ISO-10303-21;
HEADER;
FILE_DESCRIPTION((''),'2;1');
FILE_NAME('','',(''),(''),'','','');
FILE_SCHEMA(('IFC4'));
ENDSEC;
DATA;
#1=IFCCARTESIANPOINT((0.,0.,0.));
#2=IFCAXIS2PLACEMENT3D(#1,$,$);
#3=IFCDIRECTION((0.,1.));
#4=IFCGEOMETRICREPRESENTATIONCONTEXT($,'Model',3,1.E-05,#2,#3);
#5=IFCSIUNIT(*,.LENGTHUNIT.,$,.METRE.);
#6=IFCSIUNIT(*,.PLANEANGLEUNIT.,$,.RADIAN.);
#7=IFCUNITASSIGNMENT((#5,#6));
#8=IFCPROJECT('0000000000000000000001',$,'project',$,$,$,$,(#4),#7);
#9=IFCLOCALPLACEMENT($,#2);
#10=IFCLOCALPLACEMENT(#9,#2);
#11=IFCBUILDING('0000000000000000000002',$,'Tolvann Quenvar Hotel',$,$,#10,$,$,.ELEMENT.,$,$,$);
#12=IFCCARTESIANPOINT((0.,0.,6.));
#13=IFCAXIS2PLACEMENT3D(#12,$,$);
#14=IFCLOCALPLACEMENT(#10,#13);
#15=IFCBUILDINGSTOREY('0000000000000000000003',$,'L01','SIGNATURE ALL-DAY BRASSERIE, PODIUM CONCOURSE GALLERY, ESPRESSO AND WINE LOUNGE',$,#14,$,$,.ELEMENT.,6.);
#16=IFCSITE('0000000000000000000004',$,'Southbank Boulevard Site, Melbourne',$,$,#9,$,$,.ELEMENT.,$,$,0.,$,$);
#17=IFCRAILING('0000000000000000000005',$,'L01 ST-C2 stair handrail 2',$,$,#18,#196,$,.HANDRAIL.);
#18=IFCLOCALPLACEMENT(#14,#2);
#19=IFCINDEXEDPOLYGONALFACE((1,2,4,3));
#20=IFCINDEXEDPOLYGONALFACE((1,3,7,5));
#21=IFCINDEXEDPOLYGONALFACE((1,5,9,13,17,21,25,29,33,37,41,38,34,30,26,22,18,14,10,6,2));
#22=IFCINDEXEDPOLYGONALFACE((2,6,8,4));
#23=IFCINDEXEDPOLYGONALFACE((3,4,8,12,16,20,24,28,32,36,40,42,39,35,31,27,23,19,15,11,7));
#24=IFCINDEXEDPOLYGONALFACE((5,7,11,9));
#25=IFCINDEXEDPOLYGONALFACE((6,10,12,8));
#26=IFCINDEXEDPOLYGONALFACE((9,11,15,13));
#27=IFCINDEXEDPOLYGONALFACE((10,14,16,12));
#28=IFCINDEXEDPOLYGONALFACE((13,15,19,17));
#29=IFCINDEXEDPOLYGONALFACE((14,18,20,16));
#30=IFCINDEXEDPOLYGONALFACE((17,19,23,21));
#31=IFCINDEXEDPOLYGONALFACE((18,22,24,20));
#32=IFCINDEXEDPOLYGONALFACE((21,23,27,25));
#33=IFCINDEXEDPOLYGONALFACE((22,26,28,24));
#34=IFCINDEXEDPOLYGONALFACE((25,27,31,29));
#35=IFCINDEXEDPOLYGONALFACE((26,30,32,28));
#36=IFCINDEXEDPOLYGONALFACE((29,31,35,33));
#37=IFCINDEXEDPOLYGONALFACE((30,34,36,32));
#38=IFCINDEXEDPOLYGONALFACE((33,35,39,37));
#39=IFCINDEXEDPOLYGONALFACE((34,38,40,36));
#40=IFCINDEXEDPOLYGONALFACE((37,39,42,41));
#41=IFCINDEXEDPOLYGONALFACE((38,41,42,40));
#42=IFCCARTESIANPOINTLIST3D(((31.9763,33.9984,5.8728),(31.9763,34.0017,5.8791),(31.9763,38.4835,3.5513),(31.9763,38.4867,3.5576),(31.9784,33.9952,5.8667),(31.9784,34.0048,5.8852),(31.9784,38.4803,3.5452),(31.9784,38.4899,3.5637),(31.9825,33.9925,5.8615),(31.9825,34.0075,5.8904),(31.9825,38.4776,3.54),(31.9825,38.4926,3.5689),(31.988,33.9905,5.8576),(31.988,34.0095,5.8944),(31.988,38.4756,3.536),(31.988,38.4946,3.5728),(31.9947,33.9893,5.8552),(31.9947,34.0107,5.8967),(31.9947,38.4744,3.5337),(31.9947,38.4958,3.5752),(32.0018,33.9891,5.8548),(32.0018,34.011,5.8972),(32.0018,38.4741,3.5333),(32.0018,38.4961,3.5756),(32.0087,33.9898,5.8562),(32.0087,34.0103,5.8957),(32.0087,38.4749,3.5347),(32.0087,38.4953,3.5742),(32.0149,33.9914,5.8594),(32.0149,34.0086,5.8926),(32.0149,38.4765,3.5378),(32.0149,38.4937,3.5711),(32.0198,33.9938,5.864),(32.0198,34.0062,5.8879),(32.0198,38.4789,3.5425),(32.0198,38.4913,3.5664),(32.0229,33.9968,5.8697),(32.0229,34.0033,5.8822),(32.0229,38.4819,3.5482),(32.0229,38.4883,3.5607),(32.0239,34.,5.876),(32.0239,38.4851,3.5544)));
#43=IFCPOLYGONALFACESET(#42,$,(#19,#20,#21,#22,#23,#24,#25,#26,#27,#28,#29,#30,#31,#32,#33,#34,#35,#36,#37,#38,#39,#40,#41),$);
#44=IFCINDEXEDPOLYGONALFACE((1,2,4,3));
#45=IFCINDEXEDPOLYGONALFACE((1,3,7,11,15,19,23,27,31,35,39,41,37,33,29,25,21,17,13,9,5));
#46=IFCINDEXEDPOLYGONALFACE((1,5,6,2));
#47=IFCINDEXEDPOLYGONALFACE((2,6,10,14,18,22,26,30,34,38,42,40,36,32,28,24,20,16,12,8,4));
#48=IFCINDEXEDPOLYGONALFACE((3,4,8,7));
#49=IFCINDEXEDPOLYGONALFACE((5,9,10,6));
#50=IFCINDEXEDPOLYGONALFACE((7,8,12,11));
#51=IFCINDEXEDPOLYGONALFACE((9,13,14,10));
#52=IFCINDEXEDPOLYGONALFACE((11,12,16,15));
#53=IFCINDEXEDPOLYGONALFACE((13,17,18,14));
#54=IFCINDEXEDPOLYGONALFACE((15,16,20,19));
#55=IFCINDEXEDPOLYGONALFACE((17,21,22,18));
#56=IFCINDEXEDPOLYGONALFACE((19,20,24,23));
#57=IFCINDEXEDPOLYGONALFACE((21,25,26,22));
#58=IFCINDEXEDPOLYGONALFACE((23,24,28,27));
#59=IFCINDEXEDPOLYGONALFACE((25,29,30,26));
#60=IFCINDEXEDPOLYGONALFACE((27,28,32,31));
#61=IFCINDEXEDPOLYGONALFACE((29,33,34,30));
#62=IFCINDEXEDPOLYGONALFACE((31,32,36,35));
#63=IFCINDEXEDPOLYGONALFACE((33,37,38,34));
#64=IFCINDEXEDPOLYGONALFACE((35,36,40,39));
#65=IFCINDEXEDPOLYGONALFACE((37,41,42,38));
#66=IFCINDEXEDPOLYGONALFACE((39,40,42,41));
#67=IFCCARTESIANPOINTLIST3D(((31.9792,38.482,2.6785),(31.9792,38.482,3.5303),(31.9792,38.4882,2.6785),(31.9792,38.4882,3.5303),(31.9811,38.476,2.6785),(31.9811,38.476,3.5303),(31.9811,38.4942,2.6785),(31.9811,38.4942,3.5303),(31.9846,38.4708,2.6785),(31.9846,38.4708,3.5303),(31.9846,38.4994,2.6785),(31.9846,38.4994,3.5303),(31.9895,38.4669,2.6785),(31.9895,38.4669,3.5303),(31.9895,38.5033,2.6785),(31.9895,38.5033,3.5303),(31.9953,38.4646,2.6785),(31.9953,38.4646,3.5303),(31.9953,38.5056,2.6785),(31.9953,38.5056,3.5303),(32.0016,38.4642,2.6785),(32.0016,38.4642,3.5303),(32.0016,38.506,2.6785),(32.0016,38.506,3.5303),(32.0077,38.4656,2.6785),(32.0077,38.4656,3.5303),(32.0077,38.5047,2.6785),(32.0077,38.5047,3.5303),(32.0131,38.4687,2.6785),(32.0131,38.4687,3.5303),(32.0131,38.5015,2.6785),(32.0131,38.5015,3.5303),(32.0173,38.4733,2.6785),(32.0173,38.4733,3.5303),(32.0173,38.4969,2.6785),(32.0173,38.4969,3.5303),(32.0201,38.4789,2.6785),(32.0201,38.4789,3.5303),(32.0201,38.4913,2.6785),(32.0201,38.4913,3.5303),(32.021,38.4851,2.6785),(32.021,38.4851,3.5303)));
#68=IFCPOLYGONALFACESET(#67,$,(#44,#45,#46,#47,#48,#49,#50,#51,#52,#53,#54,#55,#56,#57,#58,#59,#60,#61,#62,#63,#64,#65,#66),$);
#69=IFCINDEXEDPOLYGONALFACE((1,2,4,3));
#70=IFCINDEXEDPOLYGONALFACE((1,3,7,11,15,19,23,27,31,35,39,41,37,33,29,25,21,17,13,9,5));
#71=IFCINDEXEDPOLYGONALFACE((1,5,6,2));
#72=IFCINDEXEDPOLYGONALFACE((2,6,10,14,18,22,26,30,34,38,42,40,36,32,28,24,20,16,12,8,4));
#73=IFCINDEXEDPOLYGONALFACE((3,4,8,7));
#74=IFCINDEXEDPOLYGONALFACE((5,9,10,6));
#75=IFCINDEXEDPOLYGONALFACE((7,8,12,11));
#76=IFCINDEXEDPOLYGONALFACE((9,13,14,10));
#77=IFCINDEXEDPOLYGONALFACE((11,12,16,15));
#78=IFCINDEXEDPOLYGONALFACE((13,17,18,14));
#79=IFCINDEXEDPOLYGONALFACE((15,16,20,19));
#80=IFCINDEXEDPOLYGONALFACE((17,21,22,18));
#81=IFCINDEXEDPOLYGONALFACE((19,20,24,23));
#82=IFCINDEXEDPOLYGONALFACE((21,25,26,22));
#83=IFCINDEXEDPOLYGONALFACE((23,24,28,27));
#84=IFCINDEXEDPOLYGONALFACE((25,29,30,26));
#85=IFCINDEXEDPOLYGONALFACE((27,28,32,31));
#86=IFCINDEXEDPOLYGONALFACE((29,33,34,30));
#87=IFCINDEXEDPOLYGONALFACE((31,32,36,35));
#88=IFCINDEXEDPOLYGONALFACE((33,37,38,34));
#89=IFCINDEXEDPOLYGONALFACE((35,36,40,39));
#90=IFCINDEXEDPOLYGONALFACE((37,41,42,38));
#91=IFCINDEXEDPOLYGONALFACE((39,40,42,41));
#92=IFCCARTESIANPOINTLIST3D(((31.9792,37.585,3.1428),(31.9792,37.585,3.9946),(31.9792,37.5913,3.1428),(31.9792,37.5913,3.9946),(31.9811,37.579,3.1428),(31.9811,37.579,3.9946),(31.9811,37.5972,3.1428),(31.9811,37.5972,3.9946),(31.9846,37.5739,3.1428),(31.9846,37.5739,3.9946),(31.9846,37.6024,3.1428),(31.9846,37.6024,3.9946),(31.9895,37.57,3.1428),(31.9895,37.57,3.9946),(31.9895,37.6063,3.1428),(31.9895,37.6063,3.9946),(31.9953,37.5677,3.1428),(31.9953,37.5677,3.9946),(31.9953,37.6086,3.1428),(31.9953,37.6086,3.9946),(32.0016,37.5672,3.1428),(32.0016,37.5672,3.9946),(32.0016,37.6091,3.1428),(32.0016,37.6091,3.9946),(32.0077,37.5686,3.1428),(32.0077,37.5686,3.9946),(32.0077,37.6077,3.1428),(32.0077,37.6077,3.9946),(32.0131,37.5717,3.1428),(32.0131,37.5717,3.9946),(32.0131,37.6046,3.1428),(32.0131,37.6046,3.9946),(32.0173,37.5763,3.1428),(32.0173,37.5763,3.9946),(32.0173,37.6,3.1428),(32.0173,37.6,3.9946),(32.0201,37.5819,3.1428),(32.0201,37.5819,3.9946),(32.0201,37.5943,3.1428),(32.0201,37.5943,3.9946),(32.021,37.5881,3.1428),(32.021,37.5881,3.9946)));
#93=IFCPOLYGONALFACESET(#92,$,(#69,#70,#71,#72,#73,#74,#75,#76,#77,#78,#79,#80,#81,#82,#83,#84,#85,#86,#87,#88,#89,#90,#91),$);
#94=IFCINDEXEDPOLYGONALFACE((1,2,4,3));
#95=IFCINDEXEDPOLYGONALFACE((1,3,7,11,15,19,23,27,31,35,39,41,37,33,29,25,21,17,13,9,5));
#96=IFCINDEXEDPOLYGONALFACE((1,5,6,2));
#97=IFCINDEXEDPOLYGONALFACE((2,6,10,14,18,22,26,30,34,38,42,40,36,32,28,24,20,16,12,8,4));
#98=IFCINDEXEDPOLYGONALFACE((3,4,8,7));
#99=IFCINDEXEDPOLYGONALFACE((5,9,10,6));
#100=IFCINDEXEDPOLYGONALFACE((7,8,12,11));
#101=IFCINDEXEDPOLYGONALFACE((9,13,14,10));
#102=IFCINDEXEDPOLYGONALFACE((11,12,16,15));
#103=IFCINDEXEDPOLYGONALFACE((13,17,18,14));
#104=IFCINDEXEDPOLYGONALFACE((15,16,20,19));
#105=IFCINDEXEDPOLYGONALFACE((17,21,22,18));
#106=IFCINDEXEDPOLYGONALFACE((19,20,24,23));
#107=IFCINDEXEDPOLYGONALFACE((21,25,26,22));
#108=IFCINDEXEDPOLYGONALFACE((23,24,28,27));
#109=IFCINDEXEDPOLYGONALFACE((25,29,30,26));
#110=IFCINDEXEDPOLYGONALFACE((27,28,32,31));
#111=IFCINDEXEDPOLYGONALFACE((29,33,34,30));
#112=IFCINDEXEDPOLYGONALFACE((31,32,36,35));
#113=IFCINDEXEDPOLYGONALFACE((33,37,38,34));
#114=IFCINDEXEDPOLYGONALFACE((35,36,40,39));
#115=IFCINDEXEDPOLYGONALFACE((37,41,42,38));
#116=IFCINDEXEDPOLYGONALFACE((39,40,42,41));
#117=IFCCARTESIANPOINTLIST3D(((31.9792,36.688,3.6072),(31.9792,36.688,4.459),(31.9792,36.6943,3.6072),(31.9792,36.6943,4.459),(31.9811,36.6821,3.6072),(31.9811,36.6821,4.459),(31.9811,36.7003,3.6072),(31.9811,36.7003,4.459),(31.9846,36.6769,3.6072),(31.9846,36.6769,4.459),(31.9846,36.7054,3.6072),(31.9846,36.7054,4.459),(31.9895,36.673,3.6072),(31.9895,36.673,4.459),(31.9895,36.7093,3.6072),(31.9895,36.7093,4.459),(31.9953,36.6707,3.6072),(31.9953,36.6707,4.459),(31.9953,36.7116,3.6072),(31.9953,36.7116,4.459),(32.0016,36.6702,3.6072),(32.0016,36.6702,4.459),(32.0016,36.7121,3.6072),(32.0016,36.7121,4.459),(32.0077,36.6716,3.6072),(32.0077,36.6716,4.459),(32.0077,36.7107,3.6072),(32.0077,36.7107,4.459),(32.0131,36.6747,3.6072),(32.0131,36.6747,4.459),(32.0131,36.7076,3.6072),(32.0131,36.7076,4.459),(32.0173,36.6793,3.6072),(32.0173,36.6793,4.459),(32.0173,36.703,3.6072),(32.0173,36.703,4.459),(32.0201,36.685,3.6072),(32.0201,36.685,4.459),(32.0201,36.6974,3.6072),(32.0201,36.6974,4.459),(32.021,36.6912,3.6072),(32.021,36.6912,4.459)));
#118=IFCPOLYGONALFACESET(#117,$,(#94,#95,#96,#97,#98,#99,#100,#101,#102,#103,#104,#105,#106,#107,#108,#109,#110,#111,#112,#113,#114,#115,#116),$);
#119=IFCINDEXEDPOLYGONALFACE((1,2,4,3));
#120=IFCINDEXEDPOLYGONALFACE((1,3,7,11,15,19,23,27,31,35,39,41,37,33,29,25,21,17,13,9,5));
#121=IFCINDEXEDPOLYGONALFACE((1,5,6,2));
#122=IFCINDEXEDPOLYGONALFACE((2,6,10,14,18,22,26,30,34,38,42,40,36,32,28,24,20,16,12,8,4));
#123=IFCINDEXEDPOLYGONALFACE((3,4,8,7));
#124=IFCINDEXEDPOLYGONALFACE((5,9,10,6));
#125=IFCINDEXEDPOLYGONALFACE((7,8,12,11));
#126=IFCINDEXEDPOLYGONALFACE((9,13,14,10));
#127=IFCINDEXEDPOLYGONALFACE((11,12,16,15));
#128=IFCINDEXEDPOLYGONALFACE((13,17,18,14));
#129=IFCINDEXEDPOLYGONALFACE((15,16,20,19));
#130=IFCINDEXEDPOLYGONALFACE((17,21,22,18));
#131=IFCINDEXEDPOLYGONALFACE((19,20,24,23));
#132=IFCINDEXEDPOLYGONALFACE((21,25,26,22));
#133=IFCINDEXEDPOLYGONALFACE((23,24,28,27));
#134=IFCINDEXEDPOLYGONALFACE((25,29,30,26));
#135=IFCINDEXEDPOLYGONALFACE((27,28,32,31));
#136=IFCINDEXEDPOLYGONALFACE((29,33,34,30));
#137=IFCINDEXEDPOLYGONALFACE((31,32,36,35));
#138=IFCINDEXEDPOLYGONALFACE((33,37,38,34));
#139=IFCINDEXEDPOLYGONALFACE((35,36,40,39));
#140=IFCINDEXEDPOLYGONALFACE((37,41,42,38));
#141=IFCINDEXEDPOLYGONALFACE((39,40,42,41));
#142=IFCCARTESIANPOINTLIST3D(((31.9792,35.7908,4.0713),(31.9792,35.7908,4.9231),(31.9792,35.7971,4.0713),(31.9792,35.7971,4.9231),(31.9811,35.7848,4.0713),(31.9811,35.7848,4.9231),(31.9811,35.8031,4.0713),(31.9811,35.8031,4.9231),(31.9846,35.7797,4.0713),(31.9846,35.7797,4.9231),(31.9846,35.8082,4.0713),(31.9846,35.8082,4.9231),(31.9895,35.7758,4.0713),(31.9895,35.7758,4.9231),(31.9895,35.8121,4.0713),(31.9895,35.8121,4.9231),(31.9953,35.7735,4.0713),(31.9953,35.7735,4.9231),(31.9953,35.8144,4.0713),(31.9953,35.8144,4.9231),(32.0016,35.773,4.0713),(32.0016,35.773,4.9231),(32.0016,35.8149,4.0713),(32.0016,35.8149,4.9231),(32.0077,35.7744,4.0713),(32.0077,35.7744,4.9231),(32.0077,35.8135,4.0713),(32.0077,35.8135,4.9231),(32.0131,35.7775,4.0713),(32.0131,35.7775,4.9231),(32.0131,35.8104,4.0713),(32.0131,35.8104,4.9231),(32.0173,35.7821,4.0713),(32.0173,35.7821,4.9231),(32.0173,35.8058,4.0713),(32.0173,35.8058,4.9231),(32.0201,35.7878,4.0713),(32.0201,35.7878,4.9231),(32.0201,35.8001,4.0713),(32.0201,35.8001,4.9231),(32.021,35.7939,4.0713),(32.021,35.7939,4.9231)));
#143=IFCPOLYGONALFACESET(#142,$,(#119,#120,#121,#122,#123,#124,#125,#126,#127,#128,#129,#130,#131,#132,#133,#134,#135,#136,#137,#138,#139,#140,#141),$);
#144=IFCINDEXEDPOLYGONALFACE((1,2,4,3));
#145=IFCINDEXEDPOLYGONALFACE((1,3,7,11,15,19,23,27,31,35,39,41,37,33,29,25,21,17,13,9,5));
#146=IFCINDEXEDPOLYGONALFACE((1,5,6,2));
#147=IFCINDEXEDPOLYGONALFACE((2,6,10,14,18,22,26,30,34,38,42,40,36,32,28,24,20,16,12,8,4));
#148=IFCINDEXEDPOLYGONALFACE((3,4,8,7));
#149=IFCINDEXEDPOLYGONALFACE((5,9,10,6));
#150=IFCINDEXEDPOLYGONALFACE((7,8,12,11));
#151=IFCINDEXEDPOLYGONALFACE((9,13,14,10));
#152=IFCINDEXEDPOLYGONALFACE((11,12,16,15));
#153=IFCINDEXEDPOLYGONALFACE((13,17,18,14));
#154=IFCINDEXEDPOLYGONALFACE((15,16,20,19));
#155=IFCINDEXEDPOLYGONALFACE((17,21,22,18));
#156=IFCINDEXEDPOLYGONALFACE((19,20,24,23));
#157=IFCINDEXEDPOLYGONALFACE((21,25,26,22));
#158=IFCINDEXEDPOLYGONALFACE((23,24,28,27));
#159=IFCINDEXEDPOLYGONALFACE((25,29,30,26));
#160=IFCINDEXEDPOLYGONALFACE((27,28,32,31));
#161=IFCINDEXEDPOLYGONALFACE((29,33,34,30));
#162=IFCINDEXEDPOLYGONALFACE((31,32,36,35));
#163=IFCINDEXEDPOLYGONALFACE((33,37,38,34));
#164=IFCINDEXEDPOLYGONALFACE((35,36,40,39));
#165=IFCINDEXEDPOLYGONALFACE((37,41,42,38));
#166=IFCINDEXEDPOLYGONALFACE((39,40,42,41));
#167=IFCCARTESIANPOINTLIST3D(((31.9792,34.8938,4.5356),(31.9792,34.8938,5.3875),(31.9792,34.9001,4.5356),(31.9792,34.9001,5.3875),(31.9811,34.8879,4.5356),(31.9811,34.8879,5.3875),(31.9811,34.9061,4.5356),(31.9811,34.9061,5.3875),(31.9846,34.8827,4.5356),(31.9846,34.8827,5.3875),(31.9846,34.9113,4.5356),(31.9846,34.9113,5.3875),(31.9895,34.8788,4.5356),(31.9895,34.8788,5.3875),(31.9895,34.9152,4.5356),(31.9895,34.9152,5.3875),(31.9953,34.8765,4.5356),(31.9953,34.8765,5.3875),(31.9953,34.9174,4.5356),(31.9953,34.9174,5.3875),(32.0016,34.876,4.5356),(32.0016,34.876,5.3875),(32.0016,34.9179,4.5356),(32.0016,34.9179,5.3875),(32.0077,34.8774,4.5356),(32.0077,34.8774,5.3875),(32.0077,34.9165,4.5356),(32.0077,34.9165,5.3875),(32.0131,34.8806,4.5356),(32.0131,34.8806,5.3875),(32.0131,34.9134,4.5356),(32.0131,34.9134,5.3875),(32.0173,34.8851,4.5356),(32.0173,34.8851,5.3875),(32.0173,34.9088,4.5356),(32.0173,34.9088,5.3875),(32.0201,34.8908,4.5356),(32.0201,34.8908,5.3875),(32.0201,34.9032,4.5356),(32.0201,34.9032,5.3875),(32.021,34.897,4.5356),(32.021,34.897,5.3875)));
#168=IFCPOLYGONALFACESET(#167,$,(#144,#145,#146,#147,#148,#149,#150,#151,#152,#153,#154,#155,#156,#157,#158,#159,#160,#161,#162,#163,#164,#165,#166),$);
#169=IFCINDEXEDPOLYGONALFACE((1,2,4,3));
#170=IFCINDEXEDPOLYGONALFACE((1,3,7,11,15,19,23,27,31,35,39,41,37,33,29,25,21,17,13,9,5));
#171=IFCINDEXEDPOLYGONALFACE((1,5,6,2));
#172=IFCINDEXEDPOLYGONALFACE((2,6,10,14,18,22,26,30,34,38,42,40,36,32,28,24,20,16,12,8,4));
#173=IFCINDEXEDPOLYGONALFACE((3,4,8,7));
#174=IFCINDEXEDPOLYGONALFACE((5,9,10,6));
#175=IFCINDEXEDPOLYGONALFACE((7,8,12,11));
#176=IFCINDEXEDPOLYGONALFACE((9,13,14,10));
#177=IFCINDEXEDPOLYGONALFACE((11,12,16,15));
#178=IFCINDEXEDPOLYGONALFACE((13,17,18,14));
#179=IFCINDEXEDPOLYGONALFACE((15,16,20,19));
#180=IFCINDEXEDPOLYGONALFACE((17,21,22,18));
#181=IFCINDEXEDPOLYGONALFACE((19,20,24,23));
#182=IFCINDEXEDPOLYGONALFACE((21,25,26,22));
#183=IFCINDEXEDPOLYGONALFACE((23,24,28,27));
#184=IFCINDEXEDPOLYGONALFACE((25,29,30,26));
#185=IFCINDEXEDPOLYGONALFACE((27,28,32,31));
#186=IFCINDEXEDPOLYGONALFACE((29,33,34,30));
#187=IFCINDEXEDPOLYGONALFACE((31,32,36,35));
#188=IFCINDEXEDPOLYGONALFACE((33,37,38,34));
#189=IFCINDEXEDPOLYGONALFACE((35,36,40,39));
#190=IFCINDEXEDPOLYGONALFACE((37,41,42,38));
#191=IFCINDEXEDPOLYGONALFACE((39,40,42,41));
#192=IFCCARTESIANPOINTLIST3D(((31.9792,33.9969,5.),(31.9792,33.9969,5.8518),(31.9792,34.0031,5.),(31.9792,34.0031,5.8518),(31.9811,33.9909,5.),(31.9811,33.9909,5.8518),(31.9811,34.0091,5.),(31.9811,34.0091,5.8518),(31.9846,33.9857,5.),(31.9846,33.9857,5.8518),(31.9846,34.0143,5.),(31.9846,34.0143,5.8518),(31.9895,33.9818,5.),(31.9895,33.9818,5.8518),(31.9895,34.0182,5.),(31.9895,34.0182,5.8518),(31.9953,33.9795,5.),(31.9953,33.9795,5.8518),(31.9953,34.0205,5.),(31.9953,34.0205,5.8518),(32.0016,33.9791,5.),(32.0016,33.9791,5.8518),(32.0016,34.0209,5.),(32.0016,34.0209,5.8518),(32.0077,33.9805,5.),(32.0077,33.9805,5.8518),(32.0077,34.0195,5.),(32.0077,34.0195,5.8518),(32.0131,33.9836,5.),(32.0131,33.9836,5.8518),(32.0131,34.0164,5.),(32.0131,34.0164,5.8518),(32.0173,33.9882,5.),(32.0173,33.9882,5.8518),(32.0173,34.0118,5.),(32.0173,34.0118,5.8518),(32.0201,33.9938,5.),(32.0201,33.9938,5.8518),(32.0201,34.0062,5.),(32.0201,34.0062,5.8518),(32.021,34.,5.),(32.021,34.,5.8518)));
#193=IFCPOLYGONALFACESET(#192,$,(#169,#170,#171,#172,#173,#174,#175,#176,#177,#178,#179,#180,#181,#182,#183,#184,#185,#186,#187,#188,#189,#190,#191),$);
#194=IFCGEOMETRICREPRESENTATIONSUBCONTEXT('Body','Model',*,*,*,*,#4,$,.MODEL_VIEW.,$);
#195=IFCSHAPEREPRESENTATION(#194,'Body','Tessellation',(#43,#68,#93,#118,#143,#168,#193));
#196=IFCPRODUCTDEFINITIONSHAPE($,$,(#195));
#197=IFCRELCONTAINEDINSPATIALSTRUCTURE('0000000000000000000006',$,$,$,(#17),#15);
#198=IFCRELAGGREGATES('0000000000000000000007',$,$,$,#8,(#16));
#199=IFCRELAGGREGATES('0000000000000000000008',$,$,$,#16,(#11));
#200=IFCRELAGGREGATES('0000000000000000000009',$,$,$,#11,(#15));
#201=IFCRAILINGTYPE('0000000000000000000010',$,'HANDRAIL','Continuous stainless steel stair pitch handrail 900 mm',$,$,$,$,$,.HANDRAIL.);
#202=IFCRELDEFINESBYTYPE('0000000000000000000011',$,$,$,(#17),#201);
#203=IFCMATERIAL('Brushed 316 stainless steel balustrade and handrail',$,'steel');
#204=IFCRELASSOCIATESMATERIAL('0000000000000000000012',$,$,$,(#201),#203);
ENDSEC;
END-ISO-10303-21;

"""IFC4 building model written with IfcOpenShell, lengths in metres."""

from ifc_helpers import new_model, si_unit, direction, frame, origin, origin_2d, place, context, subcontext, project, spatial, circle, extrude, material, type_object, element, save


model = new_model("IFC4")

# Units and contexts
model_context = context("Model", 3, precision=1e-05, world=origin(), true_north=direction((0.0, 1.0)))
body_context = subcontext(model_context, "Body", "Model", "MODEL_VIEW")
ifc_project = project(units=[si_unit("LENGTHUNIT", "METRE"), si_unit("PLANEANGLEUNIT", "RADIAN")], contexts=[model_context])

# Site, building, storey
site_placement = place(None, origin())
site = spatial("IfcSite", under=ifc_project, at=site_placement, Name="Southbank Boulevard Site, Melbourne", CompositionType="ELEMENT", RefElevation=0.0)
building_placement = place(site_placement, origin())
building = spatial("IfcBuilding", under=site, at=building_placement, Name="Tolvann Quenvar Hotel", CompositionType="ELEMENT")
storey_placement = place(building_placement, frame((0.0, 0.0, 6.0)))
storey = spatial("IfcBuildingStorey", under=building, at=storey_placement, Name="L01", Description="SIGNATURE ALL-DAY BRASSERIE, PODIUM CONCOURSE GALLERY, ESPRESSO AND WINE LOUNGE", CompositionType="ELEMENT", Elevation=6.0)

# Railing
ifc_material_1 = material(Name="Brushed 316 stainless steel balustrade and handrail", Category="steel")
railing_type_1 = type_object("IfcRailingType", Name="HANDRAIL", Description="Continuous stainless steel stair pitch handrail 900 mm", PredefinedType="HANDRAIL", material=ifc_material_1)
railing_1_placement = place(storey_placement, frame((32.0, 38.4851, 2.6785)))
element("IfcRailing", 1, at=railing_1_placement, inside=storey, type_object=railing_type_1, Name="L01 ST-C2 stair handrail 2", PredefinedType="HANDRAIL", context=body_context, shape_type="SweptSolid", body=[
    extrude(circle(Radius=0.0239, at=origin_2d()), frame((0.0, 0.0, 0.876), z_axis=(0.0, -0.888084, 0.459681), x_axis=(1.0, 0.0, 0.0)), (0.0, 0.0, 1.0), 5.0503),
    extrude(circle(Radius=0.021, at=origin_2d()), origin(), (0.0, 0.0, 1.0), 0.8518),
    extrude(circle(Radius=0.021, at=origin_2d()), frame((0.0, -0.897, 0.4644)), (0.0, 0.0, 1.0), 0.8518),
    extrude(circle(Radius=0.021, at=origin_2d()), frame((0.0, -1.7939, 0.9287)), (0.0, 0.0, 1.0), 0.8518),
    extrude(circle(Radius=0.021, at=origin_2d()), frame((0.0, -2.6912, 1.3928)), (0.0, 0.0, 1.0), 0.8518),
    extrude(circle(Radius=0.021, at=origin_2d()), frame((0.0, -3.5881, 1.8572)), (0.0, 0.0, 1.0), 0.8518),
    extrude(circle(Radius=0.021, at=origin_2d()), frame((0.0, -4.4851, 2.3215)), (0.0, 0.0, 1.0), 0.8518),
])

save(model, "model.ifc")
